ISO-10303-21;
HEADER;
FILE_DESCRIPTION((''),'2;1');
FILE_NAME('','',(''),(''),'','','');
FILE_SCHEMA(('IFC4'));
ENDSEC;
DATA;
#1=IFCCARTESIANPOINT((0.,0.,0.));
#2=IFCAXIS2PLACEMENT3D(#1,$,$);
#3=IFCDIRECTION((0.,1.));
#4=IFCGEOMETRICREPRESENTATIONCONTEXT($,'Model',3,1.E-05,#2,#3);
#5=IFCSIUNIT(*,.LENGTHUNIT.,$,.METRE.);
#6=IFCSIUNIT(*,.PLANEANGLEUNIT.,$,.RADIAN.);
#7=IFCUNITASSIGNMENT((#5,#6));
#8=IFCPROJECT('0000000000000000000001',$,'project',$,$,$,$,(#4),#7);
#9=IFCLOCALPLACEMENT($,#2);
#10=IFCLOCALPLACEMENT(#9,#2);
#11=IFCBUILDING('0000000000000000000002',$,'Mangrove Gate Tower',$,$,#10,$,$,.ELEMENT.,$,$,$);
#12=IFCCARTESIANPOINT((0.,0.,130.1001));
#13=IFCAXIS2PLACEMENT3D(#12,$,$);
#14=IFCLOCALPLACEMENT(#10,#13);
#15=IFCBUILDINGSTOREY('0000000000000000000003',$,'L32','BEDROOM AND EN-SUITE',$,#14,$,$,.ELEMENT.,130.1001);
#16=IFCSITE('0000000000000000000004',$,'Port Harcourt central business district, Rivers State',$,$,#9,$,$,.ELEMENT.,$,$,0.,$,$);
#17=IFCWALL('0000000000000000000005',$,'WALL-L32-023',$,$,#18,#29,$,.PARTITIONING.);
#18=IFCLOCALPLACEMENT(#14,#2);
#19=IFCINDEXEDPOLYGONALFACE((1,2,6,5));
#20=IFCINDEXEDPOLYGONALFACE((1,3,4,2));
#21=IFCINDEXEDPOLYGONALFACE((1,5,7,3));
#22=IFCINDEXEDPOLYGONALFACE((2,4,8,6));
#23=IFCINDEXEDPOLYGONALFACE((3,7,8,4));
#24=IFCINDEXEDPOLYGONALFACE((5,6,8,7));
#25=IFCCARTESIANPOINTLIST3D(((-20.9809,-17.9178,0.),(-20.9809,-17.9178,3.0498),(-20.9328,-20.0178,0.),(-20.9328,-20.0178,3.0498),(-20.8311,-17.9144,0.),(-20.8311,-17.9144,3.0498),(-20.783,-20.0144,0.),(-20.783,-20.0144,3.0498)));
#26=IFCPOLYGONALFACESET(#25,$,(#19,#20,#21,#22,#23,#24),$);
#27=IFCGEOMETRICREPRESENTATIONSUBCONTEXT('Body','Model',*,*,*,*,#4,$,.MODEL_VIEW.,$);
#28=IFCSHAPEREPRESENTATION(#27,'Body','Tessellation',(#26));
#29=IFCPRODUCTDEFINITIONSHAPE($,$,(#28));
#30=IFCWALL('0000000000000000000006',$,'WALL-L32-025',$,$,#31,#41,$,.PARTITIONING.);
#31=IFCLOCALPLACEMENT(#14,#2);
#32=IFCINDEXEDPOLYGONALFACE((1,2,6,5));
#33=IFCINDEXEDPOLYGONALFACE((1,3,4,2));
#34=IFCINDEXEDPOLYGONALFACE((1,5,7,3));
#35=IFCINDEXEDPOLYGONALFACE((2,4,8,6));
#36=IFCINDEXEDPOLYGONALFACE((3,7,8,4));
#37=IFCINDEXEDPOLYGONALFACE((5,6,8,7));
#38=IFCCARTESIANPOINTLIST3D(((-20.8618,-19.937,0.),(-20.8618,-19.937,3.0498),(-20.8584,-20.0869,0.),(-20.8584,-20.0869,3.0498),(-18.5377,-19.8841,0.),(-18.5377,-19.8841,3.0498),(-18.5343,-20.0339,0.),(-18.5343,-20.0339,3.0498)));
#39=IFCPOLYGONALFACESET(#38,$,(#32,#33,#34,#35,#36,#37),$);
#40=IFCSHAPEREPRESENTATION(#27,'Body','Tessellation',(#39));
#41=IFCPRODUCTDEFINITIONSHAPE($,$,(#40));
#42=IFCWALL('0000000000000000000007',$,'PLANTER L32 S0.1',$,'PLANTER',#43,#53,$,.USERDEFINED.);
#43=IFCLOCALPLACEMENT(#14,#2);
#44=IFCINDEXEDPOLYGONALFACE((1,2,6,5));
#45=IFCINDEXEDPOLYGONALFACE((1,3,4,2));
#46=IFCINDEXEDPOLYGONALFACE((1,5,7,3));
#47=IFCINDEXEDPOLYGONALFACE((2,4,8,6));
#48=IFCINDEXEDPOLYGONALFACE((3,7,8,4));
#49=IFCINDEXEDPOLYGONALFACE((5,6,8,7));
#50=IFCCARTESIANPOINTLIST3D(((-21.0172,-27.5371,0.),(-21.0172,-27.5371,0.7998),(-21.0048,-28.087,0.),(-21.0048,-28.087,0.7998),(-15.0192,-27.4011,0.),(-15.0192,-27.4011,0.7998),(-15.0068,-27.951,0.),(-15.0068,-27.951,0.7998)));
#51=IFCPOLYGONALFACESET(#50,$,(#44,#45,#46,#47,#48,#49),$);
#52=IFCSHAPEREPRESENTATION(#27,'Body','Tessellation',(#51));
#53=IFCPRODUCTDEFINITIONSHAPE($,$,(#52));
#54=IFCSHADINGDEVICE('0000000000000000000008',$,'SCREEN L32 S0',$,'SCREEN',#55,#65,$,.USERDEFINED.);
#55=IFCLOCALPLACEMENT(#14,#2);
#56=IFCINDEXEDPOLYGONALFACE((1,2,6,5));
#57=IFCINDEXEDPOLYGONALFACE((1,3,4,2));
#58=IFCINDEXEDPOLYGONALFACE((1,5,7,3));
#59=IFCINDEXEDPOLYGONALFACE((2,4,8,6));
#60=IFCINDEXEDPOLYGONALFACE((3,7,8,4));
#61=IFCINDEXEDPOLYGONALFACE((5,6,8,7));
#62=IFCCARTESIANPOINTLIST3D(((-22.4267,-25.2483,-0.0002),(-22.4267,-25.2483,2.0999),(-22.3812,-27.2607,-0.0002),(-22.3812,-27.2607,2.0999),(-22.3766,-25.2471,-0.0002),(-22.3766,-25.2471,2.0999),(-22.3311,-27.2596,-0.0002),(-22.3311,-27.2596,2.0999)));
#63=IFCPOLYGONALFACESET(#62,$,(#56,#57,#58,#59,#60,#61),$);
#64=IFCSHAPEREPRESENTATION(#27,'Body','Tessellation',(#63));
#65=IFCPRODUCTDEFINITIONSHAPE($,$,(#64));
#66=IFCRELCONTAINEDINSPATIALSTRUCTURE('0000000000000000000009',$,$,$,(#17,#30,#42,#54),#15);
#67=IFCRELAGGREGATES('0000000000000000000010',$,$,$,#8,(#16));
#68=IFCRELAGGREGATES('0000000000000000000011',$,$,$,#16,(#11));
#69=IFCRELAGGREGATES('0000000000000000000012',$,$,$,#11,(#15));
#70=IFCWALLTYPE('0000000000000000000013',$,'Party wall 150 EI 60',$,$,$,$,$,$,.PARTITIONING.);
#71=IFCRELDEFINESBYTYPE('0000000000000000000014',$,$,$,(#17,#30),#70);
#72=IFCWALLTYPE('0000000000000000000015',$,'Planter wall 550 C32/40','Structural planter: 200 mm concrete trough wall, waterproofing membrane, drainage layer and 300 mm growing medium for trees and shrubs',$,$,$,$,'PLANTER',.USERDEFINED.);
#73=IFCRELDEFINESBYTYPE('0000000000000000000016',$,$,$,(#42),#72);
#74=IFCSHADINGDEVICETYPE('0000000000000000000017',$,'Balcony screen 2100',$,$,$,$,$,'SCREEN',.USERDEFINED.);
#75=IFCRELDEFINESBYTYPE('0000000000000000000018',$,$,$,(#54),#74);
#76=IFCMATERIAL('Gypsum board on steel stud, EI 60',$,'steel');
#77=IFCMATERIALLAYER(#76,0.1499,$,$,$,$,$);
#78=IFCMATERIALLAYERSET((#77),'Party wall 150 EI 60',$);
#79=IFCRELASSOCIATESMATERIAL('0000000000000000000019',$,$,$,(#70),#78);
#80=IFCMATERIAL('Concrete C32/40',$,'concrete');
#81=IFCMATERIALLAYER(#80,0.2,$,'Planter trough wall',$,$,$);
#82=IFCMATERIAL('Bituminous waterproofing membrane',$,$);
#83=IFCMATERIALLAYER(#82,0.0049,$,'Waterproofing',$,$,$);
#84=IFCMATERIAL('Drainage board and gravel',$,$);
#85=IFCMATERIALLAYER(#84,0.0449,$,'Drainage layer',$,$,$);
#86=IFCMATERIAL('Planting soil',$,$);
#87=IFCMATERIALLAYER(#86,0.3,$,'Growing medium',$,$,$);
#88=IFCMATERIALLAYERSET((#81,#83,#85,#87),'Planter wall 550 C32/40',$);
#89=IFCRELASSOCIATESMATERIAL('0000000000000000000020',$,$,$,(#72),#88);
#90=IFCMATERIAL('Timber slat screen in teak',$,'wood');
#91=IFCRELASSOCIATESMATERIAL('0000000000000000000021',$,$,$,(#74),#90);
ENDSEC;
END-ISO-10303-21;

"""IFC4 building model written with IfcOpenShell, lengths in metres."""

from ifc_helpers import new_model, si_unit, direction, frame, frame_2d, origin, origin_2d, place, context, subcontext, project, spatial, rectangle, extrude, material, layer, layer_set, type_object, element, save


model = new_model("IFC4")

# Units and contexts
model_context = context("Model", 3, precision=1e-05, world=origin(), true_north=direction((0.0, 1.0)))
body_context = subcontext(model_context, "Body", "Model", "MODEL_VIEW")
ifc_project = project(units=[si_unit("LENGTHUNIT", "METRE"), si_unit("PLANEANGLEUNIT", "RADIAN")], contexts=[model_context])

# Site, building, storey
site_placement = place(None, origin())
site = spatial("IfcSite", under=ifc_project, at=site_placement, Name="Port Harcourt central business district, Rivers State", CompositionType="ELEMENT", RefElevation=0.0)
building_placement = place(site_placement, origin())
building = spatial("IfcBuilding", under=site, at=building_placement, Name="Mangrove Gate Tower", CompositionType="ELEMENT")
storey_placement = place(building_placement, frame((0.0, 0.0, 130.1001)))
storey = spatial("IfcBuildingStorey", under=building, at=storey_placement, Name="L32", Description="BEDROOM AND EN-SUITE", CompositionType="ELEMENT", Elevation=130.1001)

# Walls
ifc_material_1 = material(Name="Gypsum board on steel stud, EI 60", Category="steel")
ifc_layer_1 = layer(ifc_material_1, 0.1499)
ifc_layer_set_1 = layer_set([ifc_layer_1], Name="Party wall 150 EI 60")
wall_type_1 = type_object("IfcWallType", Name="Party wall 150 EI 60", PredefinedType="PARTITIONING", material=ifc_layer_set_1)
wall_1_placement = place(storey_placement, frame((-20.8579, -20.0161, 0.0), z_axis=(0.0, 0.0, 1.0), x_axis=(-0.022896, 0.999738, 0.0)))
element("IfcWall", 1, at=wall_1_placement, inside=storey, type_object=wall_type_1, Name="WALL-L32-023", PredefinedType="PARTITIONING", context=body_context, shape_type="SweptSolid", body=[
    extrude(rectangle(XDim=2.1006, YDim=0.1499, at=frame_2d((1.0503, 0.0))), origin(), (0.0, 0.0, 1.0), 3.0498),
])
wall_2_placement = place(storey_placement, frame((-20.8601, -20.012, 0.0), z_axis=(0.0, 0.0, 1.0), x_axis=(0.99974, 0.022788, 0.0)))
element("IfcWall", 2, at=wall_2_placement, inside=storey, type_object=wall_type_1, Name="WALL-L32-025", PredefinedType="PARTITIONING", context=body_context, shape_type="SweptSolid", body=[
    extrude(rectangle(XDim=2.3247, YDim=0.1499, at=frame_2d((1.1624, 0.0))), origin(), (0.0, 0.0, 1.0), 3.0498),
])
ifc_material_2 = material(Name="Concrete C32/40", Category="concrete")
ifc_layer_2 = layer(ifc_material_2, 0.2, Name="Planter trough wall")
ifc_material_3 = material(Name="Bituminous waterproofing membrane")
ifc_layer_3 = layer(ifc_material_3, 0.0049, Name="Waterproofing")
ifc_material_4 = material(Name="Drainage board and gravel")
ifc_layer_4 = layer(ifc_material_4, 0.0449, Name="Drainage layer")
ifc_material_5 = material(Name="Planting soil")
ifc_layer_5 = layer(ifc_material_5, 0.3, Name="Growing medium")
ifc_layer_set_2 = layer_set([ifc_layer_2, ifc_layer_3, ifc_layer_4, ifc_layer_5], Name="Planter wall 550 C32/40")
wall_type_2 = type_object("IfcWallType", Name="Planter wall 550 C32/40", Description="Structural planter: 200 mm concrete trough wall, waterproofing membrane, drainage layer and 300 mm growing medium for trees and shrubs", ElementType="PLANTER", PredefinedType="USERDEFINED", material=ifc_layer_set_2)
wall_3_placement = place(storey_placement, frame((-21.011, -27.812, 0.0), z_axis=(0.0, 0.0, 1.0), x_axis=(0.999743, 0.022666, 0.0)))
element("IfcWall", 3, at=wall_3_placement, inside=storey, type_object=wall_type_2, Name="PLANTER L32 S0.1", ObjectType="PLANTER", PredefinedType="USERDEFINED", context=body_context, shape_type="SweptSolid", body=[
    extrude(rectangle(XDim=5.9995, YDim=0.55, at=frame_2d((2.9998, 0.0))), origin(), (0.0, 0.0, 1.0), 0.7998),
])

# Shading device
ifc_material_6 = material(Name="Timber slat screen in teak", Category="wood")
shading_device_type = type_object("IfcShadingDeviceType", Name="Balcony screen 2100", ElementType="SCREEN", PredefinedType="USERDEFINED", material=ifc_material_6)
shading_device_placement = place(storey_placement, frame((-22.3789, -26.2539, -0.0002), z_axis=(0.0, 0.0, 1.0), x_axis=(0.0226, -0.999745, 0.0)))
element("IfcShadingDevice", 4, at=shading_device_placement, inside=storey, type_object=shading_device_type, Name="SCREEN L32 S0", ObjectType="SCREEN", PredefinedType="USERDEFINED", context=body_context, shape_type="SweptSolid", body=[
    extrude(rectangle(XDim=2.0129, YDim=0.05, at=origin_2d()), origin(), (0.0, 0.0, 1.0), 2.1001),
])

save(model, "model.ifc")
